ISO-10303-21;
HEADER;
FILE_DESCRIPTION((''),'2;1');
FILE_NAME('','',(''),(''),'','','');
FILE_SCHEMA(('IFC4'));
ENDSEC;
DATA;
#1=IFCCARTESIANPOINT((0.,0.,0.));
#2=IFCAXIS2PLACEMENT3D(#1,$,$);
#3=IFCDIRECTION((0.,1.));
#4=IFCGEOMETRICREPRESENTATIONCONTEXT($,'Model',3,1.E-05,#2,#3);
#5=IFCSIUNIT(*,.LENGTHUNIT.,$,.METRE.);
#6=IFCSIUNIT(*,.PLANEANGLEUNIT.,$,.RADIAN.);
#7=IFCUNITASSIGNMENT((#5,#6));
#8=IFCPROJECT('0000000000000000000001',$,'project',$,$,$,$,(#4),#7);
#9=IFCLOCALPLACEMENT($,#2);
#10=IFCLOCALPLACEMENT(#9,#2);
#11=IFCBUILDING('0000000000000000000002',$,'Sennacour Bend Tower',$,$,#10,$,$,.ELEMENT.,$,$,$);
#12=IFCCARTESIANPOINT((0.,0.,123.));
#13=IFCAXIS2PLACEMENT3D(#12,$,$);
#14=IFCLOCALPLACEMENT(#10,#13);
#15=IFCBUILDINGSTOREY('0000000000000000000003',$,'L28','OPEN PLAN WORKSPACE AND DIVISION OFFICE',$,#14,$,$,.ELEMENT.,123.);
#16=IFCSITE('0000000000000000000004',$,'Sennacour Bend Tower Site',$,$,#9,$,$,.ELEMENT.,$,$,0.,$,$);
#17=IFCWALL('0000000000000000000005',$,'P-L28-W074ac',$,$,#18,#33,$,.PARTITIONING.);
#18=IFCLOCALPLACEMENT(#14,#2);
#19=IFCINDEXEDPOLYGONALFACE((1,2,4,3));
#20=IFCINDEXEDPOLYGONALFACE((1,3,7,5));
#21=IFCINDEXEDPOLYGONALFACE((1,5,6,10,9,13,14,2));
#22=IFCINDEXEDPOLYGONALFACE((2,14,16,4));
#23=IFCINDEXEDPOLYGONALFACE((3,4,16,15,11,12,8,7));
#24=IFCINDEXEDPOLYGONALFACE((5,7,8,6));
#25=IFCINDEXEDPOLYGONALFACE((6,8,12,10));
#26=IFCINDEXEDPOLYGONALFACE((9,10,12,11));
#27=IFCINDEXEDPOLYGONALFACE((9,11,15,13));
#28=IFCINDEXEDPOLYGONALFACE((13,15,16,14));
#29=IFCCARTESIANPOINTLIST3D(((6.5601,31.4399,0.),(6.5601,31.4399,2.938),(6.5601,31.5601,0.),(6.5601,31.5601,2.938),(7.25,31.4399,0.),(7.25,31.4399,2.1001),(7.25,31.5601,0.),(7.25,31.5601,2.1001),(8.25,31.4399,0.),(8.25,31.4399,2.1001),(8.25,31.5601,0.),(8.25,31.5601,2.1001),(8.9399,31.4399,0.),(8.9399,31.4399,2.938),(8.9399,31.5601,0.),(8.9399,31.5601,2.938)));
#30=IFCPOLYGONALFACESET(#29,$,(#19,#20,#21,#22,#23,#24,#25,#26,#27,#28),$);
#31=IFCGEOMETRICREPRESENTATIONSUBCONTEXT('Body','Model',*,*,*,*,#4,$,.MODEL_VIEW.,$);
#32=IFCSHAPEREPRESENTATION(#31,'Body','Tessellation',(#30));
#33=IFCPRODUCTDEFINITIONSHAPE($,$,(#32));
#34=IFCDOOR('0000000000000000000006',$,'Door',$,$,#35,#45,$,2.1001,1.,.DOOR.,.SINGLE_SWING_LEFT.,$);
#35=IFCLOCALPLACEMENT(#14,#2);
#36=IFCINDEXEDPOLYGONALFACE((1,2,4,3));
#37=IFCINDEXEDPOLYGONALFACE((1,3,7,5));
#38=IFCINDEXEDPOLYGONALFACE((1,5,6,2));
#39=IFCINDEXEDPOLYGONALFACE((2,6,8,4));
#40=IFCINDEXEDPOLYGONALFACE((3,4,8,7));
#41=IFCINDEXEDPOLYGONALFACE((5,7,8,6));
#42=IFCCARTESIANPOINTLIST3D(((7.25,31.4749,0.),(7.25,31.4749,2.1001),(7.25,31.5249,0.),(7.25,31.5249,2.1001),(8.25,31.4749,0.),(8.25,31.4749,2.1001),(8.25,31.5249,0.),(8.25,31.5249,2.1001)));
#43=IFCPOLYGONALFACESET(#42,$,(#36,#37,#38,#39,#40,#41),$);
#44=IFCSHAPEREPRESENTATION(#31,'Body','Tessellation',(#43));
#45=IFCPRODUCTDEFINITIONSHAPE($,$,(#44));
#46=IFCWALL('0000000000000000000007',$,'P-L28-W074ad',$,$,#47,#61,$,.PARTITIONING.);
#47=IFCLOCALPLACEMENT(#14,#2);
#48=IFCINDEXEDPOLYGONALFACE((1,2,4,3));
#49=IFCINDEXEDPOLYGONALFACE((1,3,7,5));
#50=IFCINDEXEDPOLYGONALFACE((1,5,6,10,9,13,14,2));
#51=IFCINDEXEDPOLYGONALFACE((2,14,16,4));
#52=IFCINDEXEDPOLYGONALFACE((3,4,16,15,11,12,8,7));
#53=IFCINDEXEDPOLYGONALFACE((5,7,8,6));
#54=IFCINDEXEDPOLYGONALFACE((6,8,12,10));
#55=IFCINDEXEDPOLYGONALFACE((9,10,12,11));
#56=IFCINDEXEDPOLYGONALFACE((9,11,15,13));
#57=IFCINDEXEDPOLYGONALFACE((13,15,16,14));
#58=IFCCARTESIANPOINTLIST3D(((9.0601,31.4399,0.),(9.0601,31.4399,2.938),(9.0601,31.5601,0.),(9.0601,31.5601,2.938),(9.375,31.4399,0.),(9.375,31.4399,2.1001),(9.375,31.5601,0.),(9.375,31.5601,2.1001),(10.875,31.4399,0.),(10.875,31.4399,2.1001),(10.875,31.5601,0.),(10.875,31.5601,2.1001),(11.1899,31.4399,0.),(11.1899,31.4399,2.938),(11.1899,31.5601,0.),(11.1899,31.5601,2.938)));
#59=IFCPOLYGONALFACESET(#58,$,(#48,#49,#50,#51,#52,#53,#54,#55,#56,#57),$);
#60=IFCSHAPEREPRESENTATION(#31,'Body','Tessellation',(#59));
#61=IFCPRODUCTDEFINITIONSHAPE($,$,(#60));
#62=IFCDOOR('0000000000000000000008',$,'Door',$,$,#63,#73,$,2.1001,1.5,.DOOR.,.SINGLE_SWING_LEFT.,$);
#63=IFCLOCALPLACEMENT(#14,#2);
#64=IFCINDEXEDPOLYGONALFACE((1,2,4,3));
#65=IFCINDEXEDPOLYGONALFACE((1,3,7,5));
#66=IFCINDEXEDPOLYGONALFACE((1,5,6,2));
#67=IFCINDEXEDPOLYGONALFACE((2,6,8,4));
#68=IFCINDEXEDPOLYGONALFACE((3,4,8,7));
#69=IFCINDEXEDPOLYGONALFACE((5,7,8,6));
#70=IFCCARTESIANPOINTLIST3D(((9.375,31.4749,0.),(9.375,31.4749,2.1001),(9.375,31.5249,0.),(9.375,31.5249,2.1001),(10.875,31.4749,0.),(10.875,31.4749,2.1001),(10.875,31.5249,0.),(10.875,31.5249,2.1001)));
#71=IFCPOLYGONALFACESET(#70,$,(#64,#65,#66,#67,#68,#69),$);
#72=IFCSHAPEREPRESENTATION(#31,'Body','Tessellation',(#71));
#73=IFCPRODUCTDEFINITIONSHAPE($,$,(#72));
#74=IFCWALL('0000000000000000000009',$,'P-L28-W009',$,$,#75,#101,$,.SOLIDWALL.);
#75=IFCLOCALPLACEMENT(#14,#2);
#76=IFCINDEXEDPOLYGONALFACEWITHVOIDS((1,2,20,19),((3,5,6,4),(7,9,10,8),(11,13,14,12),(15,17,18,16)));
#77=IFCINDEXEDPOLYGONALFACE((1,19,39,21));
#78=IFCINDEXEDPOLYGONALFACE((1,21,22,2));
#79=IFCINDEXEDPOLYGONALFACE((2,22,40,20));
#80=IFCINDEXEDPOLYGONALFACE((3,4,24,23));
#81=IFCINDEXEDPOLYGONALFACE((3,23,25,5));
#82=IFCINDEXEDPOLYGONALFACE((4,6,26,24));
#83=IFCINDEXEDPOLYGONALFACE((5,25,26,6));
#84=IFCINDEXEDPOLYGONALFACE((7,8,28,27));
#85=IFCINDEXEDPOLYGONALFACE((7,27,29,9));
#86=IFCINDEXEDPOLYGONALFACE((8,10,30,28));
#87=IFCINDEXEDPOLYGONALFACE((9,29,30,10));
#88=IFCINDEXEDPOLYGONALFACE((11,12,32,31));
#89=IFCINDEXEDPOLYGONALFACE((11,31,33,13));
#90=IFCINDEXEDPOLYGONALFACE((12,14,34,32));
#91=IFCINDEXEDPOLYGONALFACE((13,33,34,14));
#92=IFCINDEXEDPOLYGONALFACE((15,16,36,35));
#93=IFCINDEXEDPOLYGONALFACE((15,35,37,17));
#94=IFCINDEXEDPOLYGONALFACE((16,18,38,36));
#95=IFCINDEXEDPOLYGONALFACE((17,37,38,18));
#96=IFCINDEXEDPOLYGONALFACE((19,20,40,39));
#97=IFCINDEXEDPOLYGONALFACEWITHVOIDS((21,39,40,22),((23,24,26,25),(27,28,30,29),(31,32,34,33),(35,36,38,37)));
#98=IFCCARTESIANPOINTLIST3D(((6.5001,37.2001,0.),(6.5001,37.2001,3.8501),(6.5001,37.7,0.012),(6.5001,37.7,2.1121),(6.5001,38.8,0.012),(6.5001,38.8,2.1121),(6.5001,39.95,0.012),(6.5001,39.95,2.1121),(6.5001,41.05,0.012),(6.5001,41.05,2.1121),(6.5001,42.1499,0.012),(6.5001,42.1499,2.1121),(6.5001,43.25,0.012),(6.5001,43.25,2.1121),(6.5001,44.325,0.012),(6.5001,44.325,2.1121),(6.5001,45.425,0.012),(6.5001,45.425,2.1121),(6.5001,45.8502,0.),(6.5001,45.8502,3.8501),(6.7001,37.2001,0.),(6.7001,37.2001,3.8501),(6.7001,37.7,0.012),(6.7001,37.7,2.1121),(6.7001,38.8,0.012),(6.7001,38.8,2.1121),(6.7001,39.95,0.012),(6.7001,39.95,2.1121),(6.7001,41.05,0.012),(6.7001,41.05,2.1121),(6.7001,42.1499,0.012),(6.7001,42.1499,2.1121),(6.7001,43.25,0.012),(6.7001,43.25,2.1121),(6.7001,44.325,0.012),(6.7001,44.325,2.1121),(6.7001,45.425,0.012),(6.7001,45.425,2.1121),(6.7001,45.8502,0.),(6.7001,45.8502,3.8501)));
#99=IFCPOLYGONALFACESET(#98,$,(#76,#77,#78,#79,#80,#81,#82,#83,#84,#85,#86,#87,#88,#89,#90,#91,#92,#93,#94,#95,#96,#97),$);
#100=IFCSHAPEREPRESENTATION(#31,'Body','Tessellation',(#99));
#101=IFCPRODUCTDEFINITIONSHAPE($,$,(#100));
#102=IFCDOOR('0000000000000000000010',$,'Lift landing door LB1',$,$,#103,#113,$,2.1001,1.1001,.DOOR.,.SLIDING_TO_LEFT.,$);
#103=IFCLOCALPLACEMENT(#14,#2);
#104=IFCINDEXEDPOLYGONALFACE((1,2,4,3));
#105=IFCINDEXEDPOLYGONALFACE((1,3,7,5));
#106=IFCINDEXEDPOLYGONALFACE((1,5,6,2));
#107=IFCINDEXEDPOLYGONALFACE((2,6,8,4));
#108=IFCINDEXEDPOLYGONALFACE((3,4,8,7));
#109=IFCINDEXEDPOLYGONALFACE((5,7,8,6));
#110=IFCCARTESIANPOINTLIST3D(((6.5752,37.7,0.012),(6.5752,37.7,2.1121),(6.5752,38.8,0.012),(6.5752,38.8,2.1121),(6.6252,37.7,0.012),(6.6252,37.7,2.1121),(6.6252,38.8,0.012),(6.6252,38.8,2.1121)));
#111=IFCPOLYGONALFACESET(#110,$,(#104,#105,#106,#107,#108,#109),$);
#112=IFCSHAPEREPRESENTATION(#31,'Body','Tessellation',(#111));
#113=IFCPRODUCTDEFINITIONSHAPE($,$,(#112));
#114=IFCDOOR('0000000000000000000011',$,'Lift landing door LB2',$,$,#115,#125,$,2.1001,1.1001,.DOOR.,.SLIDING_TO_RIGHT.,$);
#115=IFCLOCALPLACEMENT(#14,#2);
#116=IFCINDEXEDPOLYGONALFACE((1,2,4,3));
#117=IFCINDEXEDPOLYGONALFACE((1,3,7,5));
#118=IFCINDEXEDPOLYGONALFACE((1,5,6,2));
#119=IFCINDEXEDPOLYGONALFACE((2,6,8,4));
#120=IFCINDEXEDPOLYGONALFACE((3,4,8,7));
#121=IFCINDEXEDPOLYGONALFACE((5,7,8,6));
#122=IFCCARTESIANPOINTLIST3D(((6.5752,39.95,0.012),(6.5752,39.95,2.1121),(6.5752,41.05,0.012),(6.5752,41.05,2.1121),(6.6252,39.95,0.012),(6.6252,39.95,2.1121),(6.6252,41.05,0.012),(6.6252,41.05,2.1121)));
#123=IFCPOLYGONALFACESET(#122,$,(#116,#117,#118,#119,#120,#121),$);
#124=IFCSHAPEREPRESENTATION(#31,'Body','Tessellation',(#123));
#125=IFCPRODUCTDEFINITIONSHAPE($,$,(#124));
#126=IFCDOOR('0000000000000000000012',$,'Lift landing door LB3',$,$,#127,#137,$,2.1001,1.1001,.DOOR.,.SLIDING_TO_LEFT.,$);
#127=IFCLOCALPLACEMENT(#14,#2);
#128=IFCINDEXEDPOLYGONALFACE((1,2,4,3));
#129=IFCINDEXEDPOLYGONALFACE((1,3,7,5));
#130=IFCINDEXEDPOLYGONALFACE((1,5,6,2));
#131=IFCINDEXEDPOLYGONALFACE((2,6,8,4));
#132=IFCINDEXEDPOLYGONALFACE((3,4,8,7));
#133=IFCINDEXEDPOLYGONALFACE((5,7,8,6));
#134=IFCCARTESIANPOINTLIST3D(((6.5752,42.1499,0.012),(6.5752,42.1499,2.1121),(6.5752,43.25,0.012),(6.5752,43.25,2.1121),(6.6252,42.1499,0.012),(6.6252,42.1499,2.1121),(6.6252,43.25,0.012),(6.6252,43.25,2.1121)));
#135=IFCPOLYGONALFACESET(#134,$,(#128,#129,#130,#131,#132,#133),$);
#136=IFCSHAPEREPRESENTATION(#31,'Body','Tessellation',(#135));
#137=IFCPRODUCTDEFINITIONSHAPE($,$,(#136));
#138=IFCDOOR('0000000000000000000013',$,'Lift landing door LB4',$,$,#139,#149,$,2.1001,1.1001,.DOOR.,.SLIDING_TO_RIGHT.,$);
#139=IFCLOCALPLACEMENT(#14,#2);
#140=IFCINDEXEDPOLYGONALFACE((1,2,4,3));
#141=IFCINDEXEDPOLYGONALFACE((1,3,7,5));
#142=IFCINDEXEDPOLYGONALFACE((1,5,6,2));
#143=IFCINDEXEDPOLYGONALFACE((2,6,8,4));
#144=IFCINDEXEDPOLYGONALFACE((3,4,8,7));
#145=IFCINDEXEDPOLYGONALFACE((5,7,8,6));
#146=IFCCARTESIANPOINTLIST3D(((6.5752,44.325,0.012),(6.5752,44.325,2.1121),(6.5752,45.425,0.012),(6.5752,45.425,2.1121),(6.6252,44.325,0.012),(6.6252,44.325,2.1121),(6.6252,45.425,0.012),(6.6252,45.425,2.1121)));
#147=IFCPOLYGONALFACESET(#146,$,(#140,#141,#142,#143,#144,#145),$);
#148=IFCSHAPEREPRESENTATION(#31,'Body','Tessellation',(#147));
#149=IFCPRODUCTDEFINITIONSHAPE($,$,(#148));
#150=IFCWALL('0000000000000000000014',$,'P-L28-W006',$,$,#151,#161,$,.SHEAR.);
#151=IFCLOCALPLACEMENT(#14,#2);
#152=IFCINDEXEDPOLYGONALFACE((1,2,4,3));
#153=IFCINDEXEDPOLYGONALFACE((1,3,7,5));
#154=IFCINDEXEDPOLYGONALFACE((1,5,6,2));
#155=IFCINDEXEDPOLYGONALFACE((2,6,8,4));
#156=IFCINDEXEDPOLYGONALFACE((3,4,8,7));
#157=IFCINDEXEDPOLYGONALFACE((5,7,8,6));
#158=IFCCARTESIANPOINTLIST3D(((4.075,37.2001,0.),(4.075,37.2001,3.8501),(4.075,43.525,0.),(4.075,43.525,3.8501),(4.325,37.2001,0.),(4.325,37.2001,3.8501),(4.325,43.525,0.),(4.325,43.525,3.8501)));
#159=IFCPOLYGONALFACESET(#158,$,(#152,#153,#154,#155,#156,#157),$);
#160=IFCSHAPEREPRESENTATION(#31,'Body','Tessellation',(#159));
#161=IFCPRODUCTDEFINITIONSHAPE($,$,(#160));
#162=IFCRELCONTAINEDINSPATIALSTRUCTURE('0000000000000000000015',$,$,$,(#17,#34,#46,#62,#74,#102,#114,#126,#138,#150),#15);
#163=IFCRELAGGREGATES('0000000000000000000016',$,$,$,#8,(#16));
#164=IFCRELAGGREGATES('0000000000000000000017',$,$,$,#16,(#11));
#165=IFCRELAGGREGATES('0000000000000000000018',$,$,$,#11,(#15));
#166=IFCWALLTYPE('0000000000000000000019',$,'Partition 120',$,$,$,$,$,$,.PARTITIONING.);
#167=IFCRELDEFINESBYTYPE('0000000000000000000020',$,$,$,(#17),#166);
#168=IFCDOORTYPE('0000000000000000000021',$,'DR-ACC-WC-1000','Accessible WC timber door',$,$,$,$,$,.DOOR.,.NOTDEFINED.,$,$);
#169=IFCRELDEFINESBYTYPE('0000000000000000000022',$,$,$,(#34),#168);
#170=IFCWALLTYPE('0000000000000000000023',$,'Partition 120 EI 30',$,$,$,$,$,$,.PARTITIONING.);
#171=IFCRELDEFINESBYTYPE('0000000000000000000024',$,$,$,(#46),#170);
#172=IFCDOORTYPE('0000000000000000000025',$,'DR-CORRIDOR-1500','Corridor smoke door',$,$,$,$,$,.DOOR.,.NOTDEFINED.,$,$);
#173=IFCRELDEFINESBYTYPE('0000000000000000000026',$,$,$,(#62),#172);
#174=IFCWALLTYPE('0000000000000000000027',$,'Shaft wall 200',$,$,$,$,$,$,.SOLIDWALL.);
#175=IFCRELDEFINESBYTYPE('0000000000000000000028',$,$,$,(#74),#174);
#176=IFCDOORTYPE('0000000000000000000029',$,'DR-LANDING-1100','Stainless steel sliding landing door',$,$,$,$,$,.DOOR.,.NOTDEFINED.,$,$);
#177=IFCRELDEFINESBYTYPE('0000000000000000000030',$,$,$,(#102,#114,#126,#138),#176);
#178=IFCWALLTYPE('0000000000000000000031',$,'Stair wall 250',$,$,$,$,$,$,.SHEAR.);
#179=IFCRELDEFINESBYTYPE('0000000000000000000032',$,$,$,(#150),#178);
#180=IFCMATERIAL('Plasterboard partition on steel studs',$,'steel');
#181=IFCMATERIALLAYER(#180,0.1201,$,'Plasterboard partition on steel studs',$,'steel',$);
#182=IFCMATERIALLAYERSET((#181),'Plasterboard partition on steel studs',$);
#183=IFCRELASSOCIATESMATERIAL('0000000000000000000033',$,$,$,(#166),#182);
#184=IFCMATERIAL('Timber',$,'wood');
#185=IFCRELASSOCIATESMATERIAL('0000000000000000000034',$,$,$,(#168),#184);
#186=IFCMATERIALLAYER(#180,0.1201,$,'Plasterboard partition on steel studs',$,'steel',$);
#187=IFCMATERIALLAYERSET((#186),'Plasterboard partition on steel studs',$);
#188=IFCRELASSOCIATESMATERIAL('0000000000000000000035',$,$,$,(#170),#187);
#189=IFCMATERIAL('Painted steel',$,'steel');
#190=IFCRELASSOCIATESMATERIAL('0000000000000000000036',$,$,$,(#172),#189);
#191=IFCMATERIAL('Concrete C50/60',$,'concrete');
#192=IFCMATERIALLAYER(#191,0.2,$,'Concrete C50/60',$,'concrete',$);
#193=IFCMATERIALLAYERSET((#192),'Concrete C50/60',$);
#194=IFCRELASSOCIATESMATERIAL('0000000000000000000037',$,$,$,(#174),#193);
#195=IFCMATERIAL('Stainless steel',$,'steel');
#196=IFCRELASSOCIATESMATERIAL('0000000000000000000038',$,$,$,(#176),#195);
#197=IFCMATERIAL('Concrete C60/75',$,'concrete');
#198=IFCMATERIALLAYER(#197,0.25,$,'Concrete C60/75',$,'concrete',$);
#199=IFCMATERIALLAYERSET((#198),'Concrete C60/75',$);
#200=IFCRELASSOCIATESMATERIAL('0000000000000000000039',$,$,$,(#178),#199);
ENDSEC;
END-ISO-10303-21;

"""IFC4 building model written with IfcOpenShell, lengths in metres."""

from ifc_helpers import new_model, si_unit, direction, frame, frame_2d, origin, place, context, subcontext, project, spatial, rectangle, extrude, material, layer, layer_set, type_object, element, fill, save


model = new_model("IFC4")

# Units and contexts
model_context = context("Model", 3, precision=1e-05, world=origin(), true_north=direction((0.0, 1.0)))
body_context = subcontext(model_context, "Body", "Model", "MODEL_VIEW")
ifc_project = project(units=[si_unit("LENGTHUNIT", "METRE"), si_unit("PLANEANGLEUNIT", "RADIAN")], contexts=[model_context])

# Site, building, storey
site_placement = place(None, origin())
site = spatial("IfcSite", under=ifc_project, at=site_placement, Name="Sennacour Bend Tower Site", CompositionType="ELEMENT", RefElevation=0.0)
building_placement = place(site_placement, origin())
building = spatial("IfcBuilding", under=site, at=building_placement, Name="Sennacour Bend Tower", CompositionType="ELEMENT")
storey_placement = place(building_placement, frame((0.0, 0.0, 123.0)))
storey = spatial("IfcBuildingStorey", under=building, at=storey_placement, Name="L28", Description="OPEN PLAN WORKSPACE AND DIVISION OFFICE", CompositionType="ELEMENT", Elevation=123.0)

# Shared definitions
ifc_material_1 = material(Name="Plasterboard partition on steel studs", Category="steel")
ifc_layer_1 = layer(ifc_material_1, 0.1201, Name="Plasterboard partition on steel studs", Category="steel")
ifc_layer_set_1 = layer_set([ifc_layer_1], Name="Plasterboard partition on steel studs")
wall_type_1 = type_object("IfcWallType", Name="Partition 120", PredefinedType="PARTITIONING", material=ifc_layer_set_1)

# Walls, openings, doors
wall_1_placement = place(storey_placement, frame((6.5601, 31.5, 0.0), z_axis=(0.0, 0.0, 1.0), x_axis=(1.0, 0.0, 0.0)))
wall_1 = element("IfcWall", 1, at=wall_1_placement, inside=storey, type_object=wall_type_1, Name="P-L28-W074ac", PredefinedType="PARTITIONING", context=body_context, shape_type="SweptSolid", body=[
    extrude(rectangle(XDim=2.3799, YDim=0.1201, at=frame_2d((1.1899, 0.0))), origin(), (0.0, 0.0, 1.0), 2.938),
])
opening_1_placement = place(wall_1_placement, frame((0.6899, 0.0, 0.0)))
opening_1 = element("IfcOpeningElement", 2, at=opening_1_placement, cuts=wall_1, PredefinedType="OPENING", context=body_context, shape_type="SweptSolid", body=[
    extrude(rectangle(XDim=1.0, YDim=2.1001, at=frame_2d((0.5, 1.05))), frame((0.0, 0.0701, 0.0), z_axis=(0.0, -1.0, 0.0), x_axis=(1.0, 0.0, 0.0)), (0.0, 0.0, 1.0), 0.1401),
])
ifc_material_2 = material(Name="Timber", Category="wood")
door_type_1 = type_object("IfcDoorType", Name="DR-ACC-WC-1000", Description="Accessible WC timber door", OperationType="NOTDEFINED", PredefinedType="DOOR", material=ifc_material_2)
door_1_placement = place(opening_1_placement, origin())
door_1 = element("IfcDoor", 3, at=door_1_placement, inside=storey, type_object=door_type_1, Name="Door", OperationType="SINGLE_SWING_LEFT", OverallHeight=2.1001, OverallWidth=1.0, PredefinedType="DOOR", context=body_context, shape_type="SweptSolid", body=[
    extrude(rectangle(XDim=1.0, YDim=2.1001, at=frame_2d((0.5, 1.05))), frame((0.0, 0.0249, 0.0), z_axis=(0.0, -1.0, 0.0), x_axis=(1.0, 0.0, 0.0)), (0.0, 0.0, 1.0), 0.05),
])
fill(opening_1, door_1)
ifc_layer_2 = layer(ifc_material_1, 0.1201, Name="Plasterboard partition on steel studs", Category="steel")
ifc_layer_set_2 = layer_set([ifc_layer_2], Name="Plasterboard partition on steel studs")
wall_type_2 = type_object("IfcWallType", Name="Partition 120 EI 30", PredefinedType="PARTITIONING", material=ifc_layer_set_2)
wall_2_placement = place(storey_placement, frame((9.0601, 31.5, 0.0), z_axis=(0.0, 0.0, 1.0), x_axis=(1.0, 0.0, 0.0)))
wall_2 = element("IfcWall", 4, at=wall_2_placement, inside=storey, type_object=wall_type_2, Name="P-L28-W074ad", PredefinedType="PARTITIONING", context=body_context, shape_type="SweptSolid", body=[
    extrude(rectangle(XDim=2.1299, YDim=0.1201, at=frame_2d((1.0649, 0.0))), origin(), (0.0, 0.0, 1.0), 2.938),
])
opening_2_placement = place(wall_2_placement, frame((0.3149, 0.0, 0.0)))
opening_2 = element("IfcOpeningElement", 5, at=opening_2_placement, cuts=wall_2, PredefinedType="OPENING", context=body_context, shape_type="SweptSolid", body=[
    extrude(rectangle(XDim=1.5, YDim=2.1001, at=frame_2d((0.75, 1.05))), frame((0.0, 0.0701, 0.0), z_axis=(0.0, -1.0, 0.0), x_axis=(1.0, 0.0, 0.0)), (0.0, 0.0, 1.0), 0.1401),
])
ifc_material_3 = material(Name="Painted steel", Category="steel")
door_type_2 = type_object("IfcDoorType", Name="DR-CORRIDOR-1500", Description="Corridor smoke door", OperationType="NOTDEFINED", PredefinedType="DOOR", material=ifc_material_3)
door_2_placement = place(opening_2_placement, origin())
door_2 = element("IfcDoor", 6, at=door_2_placement, inside=storey, type_object=door_type_2, Name="Door", OperationType="SINGLE_SWING_LEFT", OverallHeight=2.1001, OverallWidth=1.5, PredefinedType="DOOR", context=body_context, shape_type="SweptSolid", body=[
    extrude(rectangle(XDim=1.5, YDim=2.1001, at=frame_2d((0.75, 1.05))), frame((0.0, 0.0249, 0.0), z_axis=(0.0, -1.0, 0.0), x_axis=(1.0, 0.0, 0.0)), (0.0, 0.0, 1.0), 0.05),
])
fill(opening_2, door_2)

# Wall, openings, doors
ifc_material_4 = material(Name="Concrete C50/60", Category="concrete")
ifc_layer_3 = layer(ifc_material_4, 0.2, Name="Concrete C50/60", Category="concrete")
ifc_layer_set_3 = layer_set([ifc_layer_3], Name="Concrete C50/60")
wall_type_3 = type_object("IfcWallType", Name="Shaft wall 200", PredefinedType="SOLIDWALL", material=ifc_layer_set_3)
wall_3_placement = place(storey_placement, frame((6.6001, 37.2, 0.0), z_axis=(0.0, 0.0, 1.0), x_axis=(0.0, 1.0, 0.0)))
wall_3 = element("IfcWall", 7, at=wall_3_placement, inside=storey, type_object=wall_type_3, Name="P-L28-W009", PredefinedType="SOLIDWALL", context=body_context, shape_type="SweptSolid", body=[
    extrude(rectangle(XDim=8.6501, YDim=0.2, at=frame_2d((4.3252, 0.0))), origin(), (0.0, 0.0, 1.0), 3.8501),
])
opening_3_placement = place(wall_3_placement, frame((0.5, 0.0, 0.012)))
opening_3 = element("IfcOpeningElement", 8, at=opening_3_placement, cuts=wall_3, PredefinedType="OPENING", context=body_context, shape_type="SweptSolid", body=[
    extrude(rectangle(XDim=1.1001, YDim=2.1001, at=frame_2d((0.55, 1.05))), frame((0.0, 0.1099, 0.0), z_axis=(0.0, -1.0, 0.0), x_axis=(1.0, 0.0, 0.0)), (0.0, 0.0, 1.0), 0.22),
])
opening_4_placement = place(wall_3_placement, frame((2.75, 0.0, 0.012)))
opening_4 = element("IfcOpeningElement", 9, at=opening_4_placement, cuts=wall_3, PredefinedType="OPENING", context=body_context, shape_type="SweptSolid", body=[
    extrude(rectangle(XDim=1.1001, YDim=2.1001, at=frame_2d((0.55, 1.05))), frame((0.0, 0.1099, 0.0), z_axis=(0.0, -1.0, 0.0), x_axis=(1.0, 0.0, 0.0)), (0.0, 0.0, 1.0), 0.22),
])
opening_5_placement = place(wall_3_placement, frame((4.95, 0.0, 0.012)))
opening_5 = element("IfcOpeningElement", 10, at=opening_5_placement, cuts=wall_3, PredefinedType="OPENING", context=body_context, shape_type="SweptSolid", body=[
    extrude(rectangle(XDim=1.1001, YDim=2.1001, at=frame_2d((0.55, 1.05))), frame((0.0, 0.1099, 0.0), z_axis=(0.0, -1.0, 0.0), x_axis=(1.0, 0.0, 0.0)), (0.0, 0.0, 1.0), 0.22),
])
opening_6_placement = place(wall_3_placement, frame((7.125, 0.0, 0.012)))
opening_6 = element("IfcOpeningElement", 11, at=opening_6_placement, cuts=wall_3, PredefinedType="OPENING", context=body_context, shape_type="SweptSolid", body=[
    extrude(rectangle(XDim=1.1001, YDim=2.1001, at=frame_2d((0.55, 1.05))), frame((0.0, 0.1099, 0.0), z_axis=(0.0, -1.0, 0.0), x_axis=(1.0, 0.0, 0.0)), (0.0, 0.0, 1.0), 0.22),
])
ifc_material_5 = material(Name="Stainless steel", Category="steel")
door_type_3 = type_object("IfcDoorType", Name="DR-LANDING-1100", Description="Stainless steel sliding landing door", OperationType="NOTDEFINED", PredefinedType="DOOR", material=ifc_material_5)
door_3_placement = place(opening_3_placement, origin())
door_3 = element("IfcDoor", 12, at=door_3_placement, inside=storey, type_object=door_type_3, Name="Lift landing door LB1", OperationType="SLIDING_TO_LEFT", OverallHeight=2.1001, OverallWidth=1.1001, PredefinedType="DOOR", context=body_context, shape_type="SweptSolid", body=[
    extrude(rectangle(XDim=1.1001, YDim=2.1001, at=frame_2d((0.55, 1.05))), frame((0.0, 0.0249, 0.0), z_axis=(0.0, -1.0, 0.0), x_axis=(1.0, 0.0, 0.0)), (0.0, 0.0, 1.0), 0.05),
])
fill(opening_3, door_3)
door_4_placement = place(opening_4_placement, origin())
door_4 = element("IfcDoor", 13, at=door_4_placement, inside=storey, type_object=door_type_3, Name="Lift landing door LB2", OperationType="SLIDING_TO_RIGHT", OverallHeight=2.1001, OverallWidth=1.1001, PredefinedType="DOOR", context=body_context, shape_type="SweptSolid", body=[
    extrude(rectangle(XDim=1.1001, YDim=2.1001, at=frame_2d((0.55, 1.05))), frame((0.0, 0.0249, 0.0), z_axis=(0.0, -1.0, 0.0), x_axis=(1.0, 0.0, 0.0)), (0.0, 0.0, 1.0), 0.05),
])
fill(opening_4, door_4)
door_5_placement = place(opening_5_placement, origin())
door_5 = element("IfcDoor", 14, at=door_5_placement, inside=storey, type_object=door_type_3, Name="Lift landing door LB3", OperationType="SLIDING_TO_LEFT", OverallHeight=2.1001, OverallWidth=1.1001, PredefinedType="DOOR", context=body_context, shape_type="SweptSolid", body=[
    extrude(rectangle(XDim=1.1001, YDim=2.1001, at=frame_2d((0.55, 1.05))), frame((0.0, 0.0249, 0.0), z_axis=(0.0, -1.0, 0.0), x_axis=(1.0, 0.0, 0.0)), (0.0, 0.0, 1.0), 0.05),
])
fill(opening_5, door_5)
door_6_placement = place(opening_6_placement, origin())
door_6 = element("IfcDoor", 15, at=door_6_placement, inside=storey, type_object=door_type_3, Name="Lift landing door LB4", OperationType="SLIDING_TO_RIGHT", OverallHeight=2.1001, OverallWidth=1.1001, PredefinedType="DOOR", context=body_context, shape_type="SweptSolid", body=[
    extrude(rectangle(XDim=1.1001, YDim=2.1001, at=frame_2d((0.55, 1.05))), frame((0.0, 0.0249, 0.0), z_axis=(0.0, -1.0, 0.0), x_axis=(1.0, 0.0, 0.0)), (0.0, 0.0, 1.0), 0.05),
])
fill(opening_6, door_6)

# Wall
ifc_material_6 = material(Name="Concrete C60/75", Category="concrete")
ifc_layer_4 = layer(ifc_material_6, 0.25, Name="Concrete C60/75", Category="concrete")
ifc_layer_set_4 = layer_set([ifc_layer_4], Name="Concrete C60/75")
wall_type_4 = type_object("IfcWallType", Name="Stair wall 250", PredefinedType="SHEAR", material=ifc_layer_set_4)
wall_4_placement = place(storey_placement, frame((4.2, 37.2, 0.0), z_axis=(0.0, 0.0, 1.0), x_axis=(0.0, 1.0, 0.0)))
element("IfcWall", 16, at=wall_4_placement, inside=storey, type_object=wall_type_4, Name="P-L28-W006", PredefinedType="SHEAR", context=body_context, shape_type="SweptSolid", body=[
    extrude(rectangle(XDim=6.325, YDim=0.25, at=frame_2d((3.1626, 0.0))), origin(), (0.0, 0.0, 1.0), 3.8501),
])

save(model, "model.ifc")
